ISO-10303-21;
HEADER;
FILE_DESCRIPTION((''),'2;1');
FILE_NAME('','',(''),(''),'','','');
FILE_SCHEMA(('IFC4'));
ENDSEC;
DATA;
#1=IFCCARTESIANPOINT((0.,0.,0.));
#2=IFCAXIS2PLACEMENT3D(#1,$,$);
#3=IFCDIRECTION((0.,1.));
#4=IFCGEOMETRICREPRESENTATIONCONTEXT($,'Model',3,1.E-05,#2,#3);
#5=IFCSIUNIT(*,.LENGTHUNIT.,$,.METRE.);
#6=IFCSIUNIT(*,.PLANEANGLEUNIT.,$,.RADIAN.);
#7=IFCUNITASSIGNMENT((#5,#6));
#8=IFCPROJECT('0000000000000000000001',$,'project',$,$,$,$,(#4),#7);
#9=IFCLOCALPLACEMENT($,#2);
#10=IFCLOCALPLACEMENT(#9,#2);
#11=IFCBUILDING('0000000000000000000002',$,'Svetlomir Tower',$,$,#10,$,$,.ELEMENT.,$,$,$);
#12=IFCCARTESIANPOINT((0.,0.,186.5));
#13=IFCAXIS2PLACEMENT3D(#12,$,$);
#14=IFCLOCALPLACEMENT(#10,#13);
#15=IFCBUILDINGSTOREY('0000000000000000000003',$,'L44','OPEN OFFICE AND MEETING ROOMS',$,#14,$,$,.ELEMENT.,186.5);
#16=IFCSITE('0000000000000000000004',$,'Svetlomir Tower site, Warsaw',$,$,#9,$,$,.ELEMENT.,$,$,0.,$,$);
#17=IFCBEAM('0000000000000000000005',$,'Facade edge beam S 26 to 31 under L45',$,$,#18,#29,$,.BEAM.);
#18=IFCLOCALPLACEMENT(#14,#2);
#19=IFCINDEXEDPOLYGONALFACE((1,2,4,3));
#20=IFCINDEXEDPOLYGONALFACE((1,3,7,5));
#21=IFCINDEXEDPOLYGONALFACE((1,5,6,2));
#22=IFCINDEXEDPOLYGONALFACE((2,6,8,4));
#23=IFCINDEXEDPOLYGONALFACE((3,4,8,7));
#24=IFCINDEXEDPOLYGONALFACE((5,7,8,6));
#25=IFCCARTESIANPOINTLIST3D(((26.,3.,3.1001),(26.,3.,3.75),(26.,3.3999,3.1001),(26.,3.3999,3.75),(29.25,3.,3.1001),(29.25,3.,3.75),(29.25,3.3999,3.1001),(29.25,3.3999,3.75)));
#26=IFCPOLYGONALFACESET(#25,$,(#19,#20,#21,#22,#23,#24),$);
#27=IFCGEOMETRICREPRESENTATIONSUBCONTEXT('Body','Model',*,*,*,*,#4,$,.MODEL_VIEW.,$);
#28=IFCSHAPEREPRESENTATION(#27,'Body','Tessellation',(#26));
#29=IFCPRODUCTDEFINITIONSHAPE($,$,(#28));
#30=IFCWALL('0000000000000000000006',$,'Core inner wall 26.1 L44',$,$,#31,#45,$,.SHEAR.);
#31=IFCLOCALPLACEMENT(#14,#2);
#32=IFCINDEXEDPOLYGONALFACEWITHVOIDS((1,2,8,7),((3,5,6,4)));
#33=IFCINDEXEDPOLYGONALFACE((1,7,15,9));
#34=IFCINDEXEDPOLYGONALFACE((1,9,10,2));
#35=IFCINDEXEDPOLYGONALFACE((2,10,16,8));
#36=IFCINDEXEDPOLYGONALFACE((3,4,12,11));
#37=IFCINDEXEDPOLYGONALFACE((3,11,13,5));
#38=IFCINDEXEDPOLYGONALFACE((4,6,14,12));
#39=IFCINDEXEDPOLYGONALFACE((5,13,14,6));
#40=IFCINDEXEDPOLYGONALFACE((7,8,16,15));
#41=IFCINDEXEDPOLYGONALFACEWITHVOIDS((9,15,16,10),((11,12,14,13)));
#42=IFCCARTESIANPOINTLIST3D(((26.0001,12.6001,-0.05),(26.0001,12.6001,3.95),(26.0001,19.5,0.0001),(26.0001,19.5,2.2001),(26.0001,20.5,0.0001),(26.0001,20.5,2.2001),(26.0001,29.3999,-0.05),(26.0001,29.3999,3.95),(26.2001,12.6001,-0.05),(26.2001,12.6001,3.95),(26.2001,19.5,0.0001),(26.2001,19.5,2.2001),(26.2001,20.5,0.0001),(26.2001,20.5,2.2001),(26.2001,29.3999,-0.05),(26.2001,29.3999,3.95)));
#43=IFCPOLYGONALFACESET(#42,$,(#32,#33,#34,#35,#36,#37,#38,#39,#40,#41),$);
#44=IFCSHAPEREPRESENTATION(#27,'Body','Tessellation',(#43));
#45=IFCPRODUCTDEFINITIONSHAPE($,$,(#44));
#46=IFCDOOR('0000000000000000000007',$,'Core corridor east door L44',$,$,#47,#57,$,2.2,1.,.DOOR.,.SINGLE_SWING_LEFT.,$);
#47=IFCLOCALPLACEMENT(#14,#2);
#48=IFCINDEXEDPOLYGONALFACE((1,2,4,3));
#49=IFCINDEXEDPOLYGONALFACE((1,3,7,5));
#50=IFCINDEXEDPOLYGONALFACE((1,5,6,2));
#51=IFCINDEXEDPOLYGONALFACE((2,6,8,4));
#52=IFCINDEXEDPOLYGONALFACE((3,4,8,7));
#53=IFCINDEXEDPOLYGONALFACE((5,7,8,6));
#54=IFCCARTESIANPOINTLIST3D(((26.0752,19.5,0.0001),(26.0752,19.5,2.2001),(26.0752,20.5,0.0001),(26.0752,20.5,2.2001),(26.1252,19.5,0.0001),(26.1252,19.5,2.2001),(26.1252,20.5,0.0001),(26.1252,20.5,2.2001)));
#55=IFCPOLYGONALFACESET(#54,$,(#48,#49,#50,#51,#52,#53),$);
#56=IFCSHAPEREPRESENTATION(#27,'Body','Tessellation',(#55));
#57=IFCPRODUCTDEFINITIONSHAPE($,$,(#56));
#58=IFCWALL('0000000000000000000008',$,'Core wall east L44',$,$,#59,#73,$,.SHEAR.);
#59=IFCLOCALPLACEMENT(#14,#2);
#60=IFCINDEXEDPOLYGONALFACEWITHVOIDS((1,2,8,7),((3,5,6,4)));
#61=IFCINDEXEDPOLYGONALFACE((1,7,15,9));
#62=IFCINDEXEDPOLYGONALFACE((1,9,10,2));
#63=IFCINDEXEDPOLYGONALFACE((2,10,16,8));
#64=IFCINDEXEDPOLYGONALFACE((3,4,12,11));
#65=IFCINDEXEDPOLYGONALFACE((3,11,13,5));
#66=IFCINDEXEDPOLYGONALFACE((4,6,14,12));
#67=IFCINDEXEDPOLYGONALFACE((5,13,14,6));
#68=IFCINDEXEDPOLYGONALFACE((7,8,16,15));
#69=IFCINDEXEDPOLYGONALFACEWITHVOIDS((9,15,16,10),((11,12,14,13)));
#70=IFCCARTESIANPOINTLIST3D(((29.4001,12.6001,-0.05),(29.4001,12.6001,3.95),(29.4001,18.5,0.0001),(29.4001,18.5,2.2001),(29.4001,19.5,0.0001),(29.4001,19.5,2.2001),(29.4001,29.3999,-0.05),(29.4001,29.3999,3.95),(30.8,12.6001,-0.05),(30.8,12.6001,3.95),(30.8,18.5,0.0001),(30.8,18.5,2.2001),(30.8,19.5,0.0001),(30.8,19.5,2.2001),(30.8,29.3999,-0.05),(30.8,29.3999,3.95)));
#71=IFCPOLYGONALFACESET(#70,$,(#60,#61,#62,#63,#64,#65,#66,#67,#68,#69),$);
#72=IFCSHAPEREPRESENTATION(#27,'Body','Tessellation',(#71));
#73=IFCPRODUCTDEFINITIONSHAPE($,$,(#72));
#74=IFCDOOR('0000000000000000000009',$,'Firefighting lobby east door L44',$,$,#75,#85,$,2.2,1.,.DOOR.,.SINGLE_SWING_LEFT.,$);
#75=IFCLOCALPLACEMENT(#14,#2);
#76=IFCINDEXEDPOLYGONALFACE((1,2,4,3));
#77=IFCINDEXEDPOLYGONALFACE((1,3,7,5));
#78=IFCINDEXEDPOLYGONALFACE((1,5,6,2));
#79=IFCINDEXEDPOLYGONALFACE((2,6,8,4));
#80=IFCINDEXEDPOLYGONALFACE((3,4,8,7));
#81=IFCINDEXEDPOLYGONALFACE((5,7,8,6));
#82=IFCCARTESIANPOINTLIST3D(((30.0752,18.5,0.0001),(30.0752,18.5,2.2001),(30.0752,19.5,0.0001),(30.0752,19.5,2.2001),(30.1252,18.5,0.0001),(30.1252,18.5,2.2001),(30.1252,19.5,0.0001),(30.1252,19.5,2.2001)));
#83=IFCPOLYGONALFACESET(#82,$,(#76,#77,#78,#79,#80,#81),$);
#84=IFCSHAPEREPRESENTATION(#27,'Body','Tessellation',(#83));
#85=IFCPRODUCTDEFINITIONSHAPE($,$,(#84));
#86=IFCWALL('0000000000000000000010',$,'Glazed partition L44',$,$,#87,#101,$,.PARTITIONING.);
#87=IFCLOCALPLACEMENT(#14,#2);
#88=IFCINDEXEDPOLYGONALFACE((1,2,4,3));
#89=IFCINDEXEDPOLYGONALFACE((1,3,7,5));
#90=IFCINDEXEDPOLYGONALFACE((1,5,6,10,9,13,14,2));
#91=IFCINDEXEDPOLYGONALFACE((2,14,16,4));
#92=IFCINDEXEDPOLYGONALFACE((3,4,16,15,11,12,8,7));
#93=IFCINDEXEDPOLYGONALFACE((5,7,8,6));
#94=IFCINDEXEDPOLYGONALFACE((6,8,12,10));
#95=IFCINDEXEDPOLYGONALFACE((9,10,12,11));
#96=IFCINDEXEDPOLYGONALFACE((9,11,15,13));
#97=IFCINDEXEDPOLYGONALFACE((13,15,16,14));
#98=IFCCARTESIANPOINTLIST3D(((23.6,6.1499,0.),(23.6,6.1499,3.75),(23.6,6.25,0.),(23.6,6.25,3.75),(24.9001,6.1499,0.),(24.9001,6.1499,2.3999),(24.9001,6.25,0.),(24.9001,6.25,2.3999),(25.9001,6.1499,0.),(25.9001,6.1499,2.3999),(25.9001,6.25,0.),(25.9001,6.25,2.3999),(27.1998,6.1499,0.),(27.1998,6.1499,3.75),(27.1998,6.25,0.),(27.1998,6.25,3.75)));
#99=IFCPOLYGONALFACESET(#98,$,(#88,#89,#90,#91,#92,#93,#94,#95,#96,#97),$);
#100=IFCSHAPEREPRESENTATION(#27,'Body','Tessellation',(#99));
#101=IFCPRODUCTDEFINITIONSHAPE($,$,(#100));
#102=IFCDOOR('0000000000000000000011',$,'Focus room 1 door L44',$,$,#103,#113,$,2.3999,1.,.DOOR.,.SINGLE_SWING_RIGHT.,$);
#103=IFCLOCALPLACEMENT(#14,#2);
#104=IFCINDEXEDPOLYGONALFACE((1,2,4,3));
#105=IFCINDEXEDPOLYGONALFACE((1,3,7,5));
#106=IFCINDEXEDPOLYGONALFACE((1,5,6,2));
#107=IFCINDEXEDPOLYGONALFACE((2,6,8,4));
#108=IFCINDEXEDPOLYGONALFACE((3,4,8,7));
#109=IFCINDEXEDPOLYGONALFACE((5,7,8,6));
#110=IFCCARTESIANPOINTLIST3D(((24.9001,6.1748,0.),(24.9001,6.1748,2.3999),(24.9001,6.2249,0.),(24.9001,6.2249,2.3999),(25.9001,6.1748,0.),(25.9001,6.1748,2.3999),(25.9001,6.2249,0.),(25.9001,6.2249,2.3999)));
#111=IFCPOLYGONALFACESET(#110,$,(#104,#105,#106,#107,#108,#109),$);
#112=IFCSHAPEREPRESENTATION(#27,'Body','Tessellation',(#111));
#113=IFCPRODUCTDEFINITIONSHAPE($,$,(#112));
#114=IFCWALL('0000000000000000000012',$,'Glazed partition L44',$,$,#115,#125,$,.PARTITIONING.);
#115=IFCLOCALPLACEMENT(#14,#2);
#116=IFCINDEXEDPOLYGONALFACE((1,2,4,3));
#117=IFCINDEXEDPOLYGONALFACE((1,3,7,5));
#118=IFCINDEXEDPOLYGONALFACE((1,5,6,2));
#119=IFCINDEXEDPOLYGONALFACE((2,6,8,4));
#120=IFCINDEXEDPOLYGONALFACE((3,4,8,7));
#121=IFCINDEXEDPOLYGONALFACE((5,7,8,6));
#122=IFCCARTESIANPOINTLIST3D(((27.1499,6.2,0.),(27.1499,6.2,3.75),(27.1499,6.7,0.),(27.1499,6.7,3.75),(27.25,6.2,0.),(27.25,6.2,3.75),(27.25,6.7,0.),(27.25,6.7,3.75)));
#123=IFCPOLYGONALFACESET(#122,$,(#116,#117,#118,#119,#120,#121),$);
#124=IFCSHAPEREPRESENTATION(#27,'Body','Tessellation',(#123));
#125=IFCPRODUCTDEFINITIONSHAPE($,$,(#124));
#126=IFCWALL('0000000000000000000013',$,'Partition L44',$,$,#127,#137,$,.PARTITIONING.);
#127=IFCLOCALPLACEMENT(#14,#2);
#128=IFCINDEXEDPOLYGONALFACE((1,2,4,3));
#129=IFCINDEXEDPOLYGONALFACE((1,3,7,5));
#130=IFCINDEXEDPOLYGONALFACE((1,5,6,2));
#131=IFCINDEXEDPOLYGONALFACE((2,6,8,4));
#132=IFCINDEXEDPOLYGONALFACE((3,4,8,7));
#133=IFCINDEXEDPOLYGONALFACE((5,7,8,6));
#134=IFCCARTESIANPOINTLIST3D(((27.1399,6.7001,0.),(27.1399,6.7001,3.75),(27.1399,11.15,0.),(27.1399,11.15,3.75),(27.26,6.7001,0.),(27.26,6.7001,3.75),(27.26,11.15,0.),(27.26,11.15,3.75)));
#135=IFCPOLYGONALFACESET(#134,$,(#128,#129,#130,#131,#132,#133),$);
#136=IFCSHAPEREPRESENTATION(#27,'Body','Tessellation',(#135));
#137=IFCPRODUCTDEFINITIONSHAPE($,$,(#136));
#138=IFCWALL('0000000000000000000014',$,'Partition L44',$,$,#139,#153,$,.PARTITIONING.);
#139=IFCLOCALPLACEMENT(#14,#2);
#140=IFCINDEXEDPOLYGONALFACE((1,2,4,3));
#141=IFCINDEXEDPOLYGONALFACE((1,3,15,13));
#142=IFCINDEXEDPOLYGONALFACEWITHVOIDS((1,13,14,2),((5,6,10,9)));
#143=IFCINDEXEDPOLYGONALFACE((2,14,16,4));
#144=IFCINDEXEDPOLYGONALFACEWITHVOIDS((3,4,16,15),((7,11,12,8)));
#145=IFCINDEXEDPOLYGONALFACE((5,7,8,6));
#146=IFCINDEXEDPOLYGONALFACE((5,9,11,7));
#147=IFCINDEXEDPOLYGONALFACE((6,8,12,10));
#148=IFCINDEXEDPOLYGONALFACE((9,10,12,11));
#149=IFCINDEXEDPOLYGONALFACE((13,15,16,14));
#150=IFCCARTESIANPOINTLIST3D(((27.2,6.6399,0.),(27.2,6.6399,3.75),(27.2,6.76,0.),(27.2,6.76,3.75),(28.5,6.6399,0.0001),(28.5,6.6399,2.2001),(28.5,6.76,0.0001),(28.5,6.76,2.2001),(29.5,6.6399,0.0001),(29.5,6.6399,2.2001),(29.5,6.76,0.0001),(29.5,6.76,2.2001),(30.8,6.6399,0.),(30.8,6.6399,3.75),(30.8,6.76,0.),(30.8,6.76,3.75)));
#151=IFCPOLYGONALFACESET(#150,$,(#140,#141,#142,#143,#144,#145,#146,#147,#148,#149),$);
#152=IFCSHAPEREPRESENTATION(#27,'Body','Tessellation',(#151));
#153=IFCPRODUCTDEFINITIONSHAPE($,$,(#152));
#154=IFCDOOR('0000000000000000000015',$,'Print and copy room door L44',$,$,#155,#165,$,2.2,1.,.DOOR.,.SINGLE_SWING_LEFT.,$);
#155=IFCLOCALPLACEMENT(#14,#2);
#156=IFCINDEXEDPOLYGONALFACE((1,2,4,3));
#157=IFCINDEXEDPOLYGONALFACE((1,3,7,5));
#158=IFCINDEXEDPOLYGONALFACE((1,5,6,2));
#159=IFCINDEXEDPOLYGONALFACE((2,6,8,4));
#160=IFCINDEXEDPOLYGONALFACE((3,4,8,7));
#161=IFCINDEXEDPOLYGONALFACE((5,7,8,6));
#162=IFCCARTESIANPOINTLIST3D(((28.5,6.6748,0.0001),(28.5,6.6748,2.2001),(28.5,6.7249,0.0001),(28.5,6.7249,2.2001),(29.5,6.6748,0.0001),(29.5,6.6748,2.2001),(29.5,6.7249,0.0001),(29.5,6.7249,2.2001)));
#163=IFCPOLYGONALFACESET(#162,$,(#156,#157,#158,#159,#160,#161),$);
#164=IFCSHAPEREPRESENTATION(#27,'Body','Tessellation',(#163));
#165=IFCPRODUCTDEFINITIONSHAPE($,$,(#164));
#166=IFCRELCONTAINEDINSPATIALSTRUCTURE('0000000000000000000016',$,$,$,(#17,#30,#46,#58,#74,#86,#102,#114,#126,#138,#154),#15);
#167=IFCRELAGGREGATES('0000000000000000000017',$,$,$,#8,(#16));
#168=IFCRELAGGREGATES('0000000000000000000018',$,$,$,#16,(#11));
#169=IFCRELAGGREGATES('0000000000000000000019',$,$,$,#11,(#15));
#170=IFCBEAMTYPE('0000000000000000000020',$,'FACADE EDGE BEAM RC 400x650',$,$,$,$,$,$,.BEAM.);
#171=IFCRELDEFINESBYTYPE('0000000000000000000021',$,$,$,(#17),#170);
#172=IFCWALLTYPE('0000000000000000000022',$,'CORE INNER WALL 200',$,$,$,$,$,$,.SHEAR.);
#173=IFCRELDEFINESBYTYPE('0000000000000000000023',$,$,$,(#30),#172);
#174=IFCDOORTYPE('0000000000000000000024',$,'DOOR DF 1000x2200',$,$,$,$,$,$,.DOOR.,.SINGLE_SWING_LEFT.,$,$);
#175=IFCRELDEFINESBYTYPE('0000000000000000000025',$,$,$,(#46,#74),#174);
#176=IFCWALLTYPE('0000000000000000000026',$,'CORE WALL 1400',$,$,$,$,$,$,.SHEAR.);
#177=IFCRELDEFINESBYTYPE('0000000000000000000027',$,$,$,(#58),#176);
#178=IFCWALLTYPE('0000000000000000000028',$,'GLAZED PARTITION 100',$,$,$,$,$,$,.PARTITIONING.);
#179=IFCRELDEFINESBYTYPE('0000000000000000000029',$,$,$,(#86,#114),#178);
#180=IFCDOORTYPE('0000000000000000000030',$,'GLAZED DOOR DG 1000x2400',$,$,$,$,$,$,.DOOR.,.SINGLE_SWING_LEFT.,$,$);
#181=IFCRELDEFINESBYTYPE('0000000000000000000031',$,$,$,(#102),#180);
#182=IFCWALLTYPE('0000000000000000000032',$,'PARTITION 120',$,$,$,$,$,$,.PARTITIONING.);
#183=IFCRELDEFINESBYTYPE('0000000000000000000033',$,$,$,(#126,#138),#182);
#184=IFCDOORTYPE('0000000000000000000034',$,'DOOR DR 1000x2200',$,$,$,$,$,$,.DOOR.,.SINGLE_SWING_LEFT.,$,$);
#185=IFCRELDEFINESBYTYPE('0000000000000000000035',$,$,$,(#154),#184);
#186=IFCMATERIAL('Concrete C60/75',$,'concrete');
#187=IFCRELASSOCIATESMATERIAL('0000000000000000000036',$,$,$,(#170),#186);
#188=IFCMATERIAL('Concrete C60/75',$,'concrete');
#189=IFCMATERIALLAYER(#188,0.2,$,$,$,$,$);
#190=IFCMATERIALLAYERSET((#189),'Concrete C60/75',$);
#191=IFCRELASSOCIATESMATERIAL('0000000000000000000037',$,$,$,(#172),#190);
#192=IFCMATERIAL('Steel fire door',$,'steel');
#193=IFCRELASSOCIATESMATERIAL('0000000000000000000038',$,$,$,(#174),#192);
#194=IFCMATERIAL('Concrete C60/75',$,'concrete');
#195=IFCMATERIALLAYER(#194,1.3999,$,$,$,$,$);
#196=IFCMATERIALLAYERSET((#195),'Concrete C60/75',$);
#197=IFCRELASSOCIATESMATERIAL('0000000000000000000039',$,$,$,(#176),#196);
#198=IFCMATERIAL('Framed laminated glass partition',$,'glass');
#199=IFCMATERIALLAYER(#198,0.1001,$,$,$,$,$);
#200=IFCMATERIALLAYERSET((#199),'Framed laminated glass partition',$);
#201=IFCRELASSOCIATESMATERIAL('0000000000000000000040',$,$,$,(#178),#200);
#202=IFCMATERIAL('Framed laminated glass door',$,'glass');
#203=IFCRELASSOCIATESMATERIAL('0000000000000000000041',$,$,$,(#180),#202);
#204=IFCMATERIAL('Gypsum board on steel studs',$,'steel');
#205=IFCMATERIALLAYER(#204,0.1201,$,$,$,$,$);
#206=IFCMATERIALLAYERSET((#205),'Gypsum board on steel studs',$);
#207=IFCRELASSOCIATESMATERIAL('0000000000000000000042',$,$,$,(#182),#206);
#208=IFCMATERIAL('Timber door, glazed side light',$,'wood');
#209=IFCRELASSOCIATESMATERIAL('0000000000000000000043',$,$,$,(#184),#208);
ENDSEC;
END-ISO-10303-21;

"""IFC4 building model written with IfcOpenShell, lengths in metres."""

from ifc_helpers import new_model, si_unit, direction, frame, frame_2d, origin, origin_2d, place, context, subcontext, project, spatial, rectangle, extrude, material, layer, layer_set, material_profile, profile_set, type_object, element, fill, save


model = new_model("IFC4")

# Units and contexts
model_context = context("Model", 3, precision=1e-05, world=origin(), true_north=direction((0.0, 1.0)))
body_context = subcontext(model_context, "Body", "Model", "MODEL_VIEW")
ifc_project = project(units=[si_unit("LENGTHUNIT", "METRE"), si_unit("PLANEANGLEUNIT", "RADIAN")], contexts=[model_context])

# Site, building, storey
site_placement = place(None, origin())
site = spatial("IfcSite", under=ifc_project, at=site_placement, Name="Svetlomir Tower site, Warsaw", CompositionType="ELEMENT", RefElevation=0.0)
building_placement = place(site_placement, origin())
building = spatial("IfcBuilding", under=site, at=building_placement, Name="Svetlomir Tower", CompositionType="ELEMENT")
storey_placement = place(building_placement, frame((0.0, 0.0, 186.5)))
storey = spatial("IfcBuildingStorey", under=building, at=storey_placement, Name="L44", Description="OPEN OFFICE AND MEETING ROOMS", CompositionType="ELEMENT", Elevation=186.5)

# Beam
ifc_material_1 = material(Name="Concrete C60/75", Category="concrete")
ifc_material_profile = material_profile(ifc_material_1, rectangle(XDim=0.3999, YDim=0.6499, at=origin_2d()), Name="RC 400x650")
ifc_profile_set = profile_set([ifc_material_profile], Name="Concrete C60/75")
beam_type = type_object("IfcBeamType", Name="FACADE EDGE BEAM RC 400x650", PredefinedType="BEAM", material=ifc_profile_set)
beam_placement = place(storey_placement, frame((26.0, 3.2, 3.425), z_axis=(1.0, 0.0, 0.0), x_axis=(0.0, 1.0, 0.0)))
element("IfcBeam", 1, at=beam_placement, inside=storey, type_object=beam_type, Name="Facade edge beam S 26 to 31 under L45", PredefinedType="BEAM", context=body_context, shape_type="SweptSolid", body=[
    extrude(rectangle(XDim=0.3999, YDim=0.6499, at=origin_2d()), origin(), (0.0, 0.0, 1.0), 3.25),
])

# Walls, openings, doors
ifc_material_2 = material(Name="Concrete C60/75", Category="concrete")
ifc_layer_1 = layer(ifc_material_2, 0.2)
ifc_layer_set_1 = layer_set([ifc_layer_1], Name="Concrete C60/75")
wall_type_1 = type_object("IfcWallType", Name="CORE INNER WALL 200", PredefinedType="SHEAR", material=ifc_layer_set_1)
wall_1_placement = place(storey_placement, frame((26.1001, 12.6001, -0.05), z_axis=(0.0, 0.0, 1.0), x_axis=(0.0, 1.0, 0.0)))
wall_1 = element("IfcWall", 2, at=wall_1_placement, inside=storey, type_object=wall_type_1, Name="Core inner wall 26.1 L44", PredefinedType="SHEAR", context=body_context, shape_type="SweptSolid", body=[
    extrude(rectangle(XDim=16.7998, YDim=0.2, at=frame_2d((8.3999, 0.0))), origin(), (0.0, 0.0, 1.0), 4.0),
])
opening_1_placement = place(wall_1_placement, frame((6.8999, 0.0, 0.05)))
opening_1 = element("IfcOpeningElement", 3, at=opening_1_placement, cuts=wall_1, PredefinedType="OPENING", context=body_context, shape_type="SweptSolid", body=[
    extrude(rectangle(XDim=1.0, YDim=2.2, at=frame_2d((0.5, 1.1001))), frame((0.0, 0.1099, 0.0), z_axis=(0.0, -1.0, 0.0), x_axis=(1.0, 0.0, 0.0)), (0.0, 0.0, 1.0), 0.22),
])
ifc_material_3 = material(Name="Steel fire door", Category="steel")
door_type_1 = type_object("IfcDoorType", Name="DOOR DF 1000x2200", OperationType="SINGLE_SWING_LEFT", PredefinedType="DOOR", material=ifc_material_3)
door_1_placement = place(opening_1_placement, origin())
door_1 = element("IfcDoor", 4, at=door_1_placement, inside=storey, type_object=door_type_1, Name="Core corridor east door L44", OperationType="SINGLE_SWING_LEFT", OverallHeight=2.2, OverallWidth=1.0, PredefinedType="DOOR", context=body_context, shape_type="SweptSolid", body=[
    extrude(rectangle(XDim=1.0, YDim=2.2, at=frame_2d((0.5, 1.1001))), frame((0.0, 0.0249, 0.0), z_axis=(0.0, -1.0, 0.0), x_axis=(1.0, 0.0, 0.0)), (0.0, 0.0, 1.0), 0.05),
])
fill(opening_1, door_1)
ifc_material_4 = material(Name="Concrete C60/75", Category="concrete")
ifc_layer_2 = layer(ifc_material_4, 1.3999)
ifc_layer_set_2 = layer_set([ifc_layer_2], Name="Concrete C60/75")
wall_type_2 = type_object("IfcWallType", Name="CORE WALL 1400", PredefinedType="SHEAR", material=ifc_layer_set_2)
wall_2_placement = place(storey_placement, frame((30.1001, 12.6001, -0.05), z_axis=(0.0, 0.0, 1.0), x_axis=(0.0, 1.0, 0.0)))
wall_2 = element("IfcWall", 5, at=wall_2_placement, inside=storey, type_object=wall_type_2, Name="Core wall east L44", PredefinedType="SHEAR", context=body_context, shape_type="SweptSolid", body=[
    extrude(rectangle(XDim=16.7998, YDim=1.3999, at=frame_2d((8.3999, 0.0))), origin(), (0.0, 0.0, 1.0), 4.0),
])
opening_2_placement = place(wall_2_placement, frame((5.8999, 0.0, 0.05)))
opening_2 = element("IfcOpeningElement", 6, at=opening_2_placement, cuts=wall_2, PredefinedType="OPENING", context=body_context, shape_type="SweptSolid", body=[
    extrude(rectangle(XDim=1.0, YDim=2.2, at=frame_2d((0.5, 1.1001))), frame((0.0, 0.71, 0.0), z_axis=(0.0, -1.0, 0.0), x_axis=(1.0, 0.0, 0.0)), (0.0, 0.0, 1.0), 1.4199),
])
door_2_placement = place(opening_2_placement, origin())
door_2 = element("IfcDoor", 7, at=door_2_placement, inside=storey, type_object=door_type_1, Name="Firefighting lobby east door L44", OperationType="SINGLE_SWING_LEFT", OverallHeight=2.2, OverallWidth=1.0, PredefinedType="DOOR", context=body_context, shape_type="SweptSolid", body=[
    extrude(rectangle(XDim=1.0, YDim=2.2, at=frame_2d((0.5, 1.1001))), frame((0.0, 0.0249, 0.0), z_axis=(0.0, -1.0, 0.0), x_axis=(1.0, 0.0, 0.0)), (0.0, 0.0, 1.0), 0.05),
])
fill(opening_2, door_2)
ifc_material_5 = material(Name="Framed laminated glass partition", Category="glass")
ifc_layer_3 = layer(ifc_material_5, 0.1001)
ifc_layer_set_3 = layer_set([ifc_layer_3], Name="Framed laminated glass partition")
wall_type_3 = type_object("IfcWallType", Name="GLAZED PARTITION 100", PredefinedType="PARTITIONING", material=ifc_layer_set_3)
wall_3_placement = place(storey_placement, frame((23.6001, 6.2, 0.0), z_axis=(0.0, 0.0, 1.0), x_axis=(1.0, 0.0, 0.0)))
wall_3 = element("IfcWall", 8, at=wall_3_placement, inside=storey, type_object=wall_type_3, Name="Glazed partition L44", PredefinedType="PARTITIONING", context=body_context, shape_type="SweptSolid", body=[
    extrude(rectangle(XDim=3.5999, YDim=0.1001, at=frame_2d((1.7998, 0.0))), origin(), (0.0, 0.0, 1.0), 3.75),
])
opening_3_placement = place(wall_3_placement, frame((1.3, 0.0, 0.0)))
opening_3 = element("IfcOpeningElement", 9, at=opening_3_placement, cuts=wall_3, PredefinedType="OPENING", context=body_context, shape_type="SweptSolid", body=[
    extrude(rectangle(XDim=1.0, YDim=2.3999, at=frame_2d((0.5, 1.2))), frame((0.0, 0.0601, 0.0), z_axis=(0.0, -1.0, 0.0), x_axis=(1.0, 0.0, 0.0)), (0.0, 0.0, 1.0), 0.1201),
])
ifc_material_6 = material(Name="Framed laminated glass door", Category="glass")
door_type_2 = type_object("IfcDoorType", Name="GLAZED DOOR DG 1000x2400", OperationType="SINGLE_SWING_LEFT", PredefinedType="DOOR", material=ifc_material_6)
door_3_placement = place(opening_3_placement, origin())
door_3 = element("IfcDoor", 10, at=door_3_placement, inside=storey, type_object=door_type_2, Name="Focus room 1 door L44", OperationType="SINGLE_SWING_RIGHT", OverallHeight=2.3999, OverallWidth=1.0, PredefinedType="DOOR", context=body_context, shape_type="SweptSolid", body=[
    extrude(rectangle(XDim=1.0, YDim=2.3999, at=frame_2d((0.5, 1.2))), frame((0.0, 0.0249, 0.0), z_axis=(0.0, -1.0, 0.0), x_axis=(1.0, 0.0, 0.0)), (0.0, 0.0, 1.0), 0.05),
])
fill(opening_3, door_3)

# Walls
wall_4_placement = place(storey_placement, frame((27.2, 6.2, 0.0), z_axis=(0.0, 0.0, 1.0), x_axis=(0.0, 1.0, 0.0)))
element("IfcWall", 11, at=wall_4_placement, inside=storey, type_object=wall_type_3, Name="Glazed partition L44", PredefinedType="PARTITIONING", context=body_context, shape_type="SweptSolid", body=[
    extrude(rectangle(XDim=0.5, YDim=0.1001, at=frame_2d((0.25, 0.0))), origin(), (0.0, 0.0, 1.0), 3.75),
])
ifc_material_7 = material(Name="Gypsum board on steel studs", Category="steel")
ifc_layer_4 = layer(ifc_material_7, 0.1201)
ifc_layer_set_4 = layer_set([ifc_layer_4], Name="Gypsum board on steel studs")
wall_type_4 = type_object("IfcWallType", Name="PARTITION 120", PredefinedType="PARTITIONING", material=ifc_layer_set_4)
wall_5_placement = place(storey_placement, frame((27.2, 6.7, 0.0), z_axis=(0.0, 0.0, 1.0), x_axis=(0.0, 1.0, 0.0)))
element("IfcWall", 12, at=wall_5_placement, inside=storey, type_object=wall_type_4, Name="Partition L44", PredefinedType="PARTITIONING", context=body_context, shape_type="SweptSolid", body=[
    extrude(rectangle(XDim=4.45, YDim=0.1201, at=frame_2d((2.2251, 0.0))), origin(), (0.0, 0.0, 1.0), 3.75),
])

# Wall, opening, door
wall_6_placement = place(storey_placement, frame((27.2, 6.7, 0.0), z_axis=(0.0, 0.0, 1.0), x_axis=(1.0, 0.0, 0.0)))
wall_6 = element("IfcWall", 13, at=wall_6_placement, inside=storey, type_object=wall_type_4, Name="Partition L44", PredefinedType="PARTITIONING", context=body_context, shape_type="SweptSolid", body=[
    extrude(rectangle(XDim=3.6001, YDim=0.1201, at=frame_2d((1.8, 0.0))), origin(), (0.0, 0.0, 1.0), 3.75),
])
opening_4_placement = place(wall_6_placement, frame((1.3, 0.0, 0.0)))
opening_4 = element("IfcOpeningElement", 14, at=opening_4_placement, cuts=wall_6, PredefinedType="OPENING", context=body_context, shape_type="SweptSolid", body=[
    extrude(rectangle(XDim=1.0, YDim=2.2, at=frame_2d((0.5, 1.1001))), frame((0.0, 0.0701, 0.0), z_axis=(0.0, -1.0, 0.0), x_axis=(1.0, 0.0, 0.0)), (0.0, 0.0, 1.0), 0.1401),
])
ifc_material_8 = material(Name="Timber door, glazed side light", Category="wood")
door_type_3 = type_object("IfcDoorType", Name="DOOR DR 1000x2200", OperationType="SINGLE_SWING_LEFT", PredefinedType="DOOR", material=ifc_material_8)
door_4_placement = place(opening_4_placement, origin())
door_4 = element("IfcDoor", 15, at=door_4_placement, inside=storey, type_object=door_type_3, Name="Print and copy room door L44", OperationType="SINGLE_SWING_LEFT", OverallHeight=2.2, OverallWidth=1.0, PredefinedType="DOOR", context=body_context, shape_type="SweptSolid", body=[
    extrude(rectangle(XDim=1.0, YDim=2.2, at=frame_2d((0.5, 1.1001))), frame((0.0, 0.0249, 0.0), z_axis=(0.0, -1.0, 0.0), x_axis=(1.0, 0.0, 0.0)), (0.0, 0.0, 1.0), 0.05),
])
fill(opening_4, door_4)

save(model, "model.ifc")
